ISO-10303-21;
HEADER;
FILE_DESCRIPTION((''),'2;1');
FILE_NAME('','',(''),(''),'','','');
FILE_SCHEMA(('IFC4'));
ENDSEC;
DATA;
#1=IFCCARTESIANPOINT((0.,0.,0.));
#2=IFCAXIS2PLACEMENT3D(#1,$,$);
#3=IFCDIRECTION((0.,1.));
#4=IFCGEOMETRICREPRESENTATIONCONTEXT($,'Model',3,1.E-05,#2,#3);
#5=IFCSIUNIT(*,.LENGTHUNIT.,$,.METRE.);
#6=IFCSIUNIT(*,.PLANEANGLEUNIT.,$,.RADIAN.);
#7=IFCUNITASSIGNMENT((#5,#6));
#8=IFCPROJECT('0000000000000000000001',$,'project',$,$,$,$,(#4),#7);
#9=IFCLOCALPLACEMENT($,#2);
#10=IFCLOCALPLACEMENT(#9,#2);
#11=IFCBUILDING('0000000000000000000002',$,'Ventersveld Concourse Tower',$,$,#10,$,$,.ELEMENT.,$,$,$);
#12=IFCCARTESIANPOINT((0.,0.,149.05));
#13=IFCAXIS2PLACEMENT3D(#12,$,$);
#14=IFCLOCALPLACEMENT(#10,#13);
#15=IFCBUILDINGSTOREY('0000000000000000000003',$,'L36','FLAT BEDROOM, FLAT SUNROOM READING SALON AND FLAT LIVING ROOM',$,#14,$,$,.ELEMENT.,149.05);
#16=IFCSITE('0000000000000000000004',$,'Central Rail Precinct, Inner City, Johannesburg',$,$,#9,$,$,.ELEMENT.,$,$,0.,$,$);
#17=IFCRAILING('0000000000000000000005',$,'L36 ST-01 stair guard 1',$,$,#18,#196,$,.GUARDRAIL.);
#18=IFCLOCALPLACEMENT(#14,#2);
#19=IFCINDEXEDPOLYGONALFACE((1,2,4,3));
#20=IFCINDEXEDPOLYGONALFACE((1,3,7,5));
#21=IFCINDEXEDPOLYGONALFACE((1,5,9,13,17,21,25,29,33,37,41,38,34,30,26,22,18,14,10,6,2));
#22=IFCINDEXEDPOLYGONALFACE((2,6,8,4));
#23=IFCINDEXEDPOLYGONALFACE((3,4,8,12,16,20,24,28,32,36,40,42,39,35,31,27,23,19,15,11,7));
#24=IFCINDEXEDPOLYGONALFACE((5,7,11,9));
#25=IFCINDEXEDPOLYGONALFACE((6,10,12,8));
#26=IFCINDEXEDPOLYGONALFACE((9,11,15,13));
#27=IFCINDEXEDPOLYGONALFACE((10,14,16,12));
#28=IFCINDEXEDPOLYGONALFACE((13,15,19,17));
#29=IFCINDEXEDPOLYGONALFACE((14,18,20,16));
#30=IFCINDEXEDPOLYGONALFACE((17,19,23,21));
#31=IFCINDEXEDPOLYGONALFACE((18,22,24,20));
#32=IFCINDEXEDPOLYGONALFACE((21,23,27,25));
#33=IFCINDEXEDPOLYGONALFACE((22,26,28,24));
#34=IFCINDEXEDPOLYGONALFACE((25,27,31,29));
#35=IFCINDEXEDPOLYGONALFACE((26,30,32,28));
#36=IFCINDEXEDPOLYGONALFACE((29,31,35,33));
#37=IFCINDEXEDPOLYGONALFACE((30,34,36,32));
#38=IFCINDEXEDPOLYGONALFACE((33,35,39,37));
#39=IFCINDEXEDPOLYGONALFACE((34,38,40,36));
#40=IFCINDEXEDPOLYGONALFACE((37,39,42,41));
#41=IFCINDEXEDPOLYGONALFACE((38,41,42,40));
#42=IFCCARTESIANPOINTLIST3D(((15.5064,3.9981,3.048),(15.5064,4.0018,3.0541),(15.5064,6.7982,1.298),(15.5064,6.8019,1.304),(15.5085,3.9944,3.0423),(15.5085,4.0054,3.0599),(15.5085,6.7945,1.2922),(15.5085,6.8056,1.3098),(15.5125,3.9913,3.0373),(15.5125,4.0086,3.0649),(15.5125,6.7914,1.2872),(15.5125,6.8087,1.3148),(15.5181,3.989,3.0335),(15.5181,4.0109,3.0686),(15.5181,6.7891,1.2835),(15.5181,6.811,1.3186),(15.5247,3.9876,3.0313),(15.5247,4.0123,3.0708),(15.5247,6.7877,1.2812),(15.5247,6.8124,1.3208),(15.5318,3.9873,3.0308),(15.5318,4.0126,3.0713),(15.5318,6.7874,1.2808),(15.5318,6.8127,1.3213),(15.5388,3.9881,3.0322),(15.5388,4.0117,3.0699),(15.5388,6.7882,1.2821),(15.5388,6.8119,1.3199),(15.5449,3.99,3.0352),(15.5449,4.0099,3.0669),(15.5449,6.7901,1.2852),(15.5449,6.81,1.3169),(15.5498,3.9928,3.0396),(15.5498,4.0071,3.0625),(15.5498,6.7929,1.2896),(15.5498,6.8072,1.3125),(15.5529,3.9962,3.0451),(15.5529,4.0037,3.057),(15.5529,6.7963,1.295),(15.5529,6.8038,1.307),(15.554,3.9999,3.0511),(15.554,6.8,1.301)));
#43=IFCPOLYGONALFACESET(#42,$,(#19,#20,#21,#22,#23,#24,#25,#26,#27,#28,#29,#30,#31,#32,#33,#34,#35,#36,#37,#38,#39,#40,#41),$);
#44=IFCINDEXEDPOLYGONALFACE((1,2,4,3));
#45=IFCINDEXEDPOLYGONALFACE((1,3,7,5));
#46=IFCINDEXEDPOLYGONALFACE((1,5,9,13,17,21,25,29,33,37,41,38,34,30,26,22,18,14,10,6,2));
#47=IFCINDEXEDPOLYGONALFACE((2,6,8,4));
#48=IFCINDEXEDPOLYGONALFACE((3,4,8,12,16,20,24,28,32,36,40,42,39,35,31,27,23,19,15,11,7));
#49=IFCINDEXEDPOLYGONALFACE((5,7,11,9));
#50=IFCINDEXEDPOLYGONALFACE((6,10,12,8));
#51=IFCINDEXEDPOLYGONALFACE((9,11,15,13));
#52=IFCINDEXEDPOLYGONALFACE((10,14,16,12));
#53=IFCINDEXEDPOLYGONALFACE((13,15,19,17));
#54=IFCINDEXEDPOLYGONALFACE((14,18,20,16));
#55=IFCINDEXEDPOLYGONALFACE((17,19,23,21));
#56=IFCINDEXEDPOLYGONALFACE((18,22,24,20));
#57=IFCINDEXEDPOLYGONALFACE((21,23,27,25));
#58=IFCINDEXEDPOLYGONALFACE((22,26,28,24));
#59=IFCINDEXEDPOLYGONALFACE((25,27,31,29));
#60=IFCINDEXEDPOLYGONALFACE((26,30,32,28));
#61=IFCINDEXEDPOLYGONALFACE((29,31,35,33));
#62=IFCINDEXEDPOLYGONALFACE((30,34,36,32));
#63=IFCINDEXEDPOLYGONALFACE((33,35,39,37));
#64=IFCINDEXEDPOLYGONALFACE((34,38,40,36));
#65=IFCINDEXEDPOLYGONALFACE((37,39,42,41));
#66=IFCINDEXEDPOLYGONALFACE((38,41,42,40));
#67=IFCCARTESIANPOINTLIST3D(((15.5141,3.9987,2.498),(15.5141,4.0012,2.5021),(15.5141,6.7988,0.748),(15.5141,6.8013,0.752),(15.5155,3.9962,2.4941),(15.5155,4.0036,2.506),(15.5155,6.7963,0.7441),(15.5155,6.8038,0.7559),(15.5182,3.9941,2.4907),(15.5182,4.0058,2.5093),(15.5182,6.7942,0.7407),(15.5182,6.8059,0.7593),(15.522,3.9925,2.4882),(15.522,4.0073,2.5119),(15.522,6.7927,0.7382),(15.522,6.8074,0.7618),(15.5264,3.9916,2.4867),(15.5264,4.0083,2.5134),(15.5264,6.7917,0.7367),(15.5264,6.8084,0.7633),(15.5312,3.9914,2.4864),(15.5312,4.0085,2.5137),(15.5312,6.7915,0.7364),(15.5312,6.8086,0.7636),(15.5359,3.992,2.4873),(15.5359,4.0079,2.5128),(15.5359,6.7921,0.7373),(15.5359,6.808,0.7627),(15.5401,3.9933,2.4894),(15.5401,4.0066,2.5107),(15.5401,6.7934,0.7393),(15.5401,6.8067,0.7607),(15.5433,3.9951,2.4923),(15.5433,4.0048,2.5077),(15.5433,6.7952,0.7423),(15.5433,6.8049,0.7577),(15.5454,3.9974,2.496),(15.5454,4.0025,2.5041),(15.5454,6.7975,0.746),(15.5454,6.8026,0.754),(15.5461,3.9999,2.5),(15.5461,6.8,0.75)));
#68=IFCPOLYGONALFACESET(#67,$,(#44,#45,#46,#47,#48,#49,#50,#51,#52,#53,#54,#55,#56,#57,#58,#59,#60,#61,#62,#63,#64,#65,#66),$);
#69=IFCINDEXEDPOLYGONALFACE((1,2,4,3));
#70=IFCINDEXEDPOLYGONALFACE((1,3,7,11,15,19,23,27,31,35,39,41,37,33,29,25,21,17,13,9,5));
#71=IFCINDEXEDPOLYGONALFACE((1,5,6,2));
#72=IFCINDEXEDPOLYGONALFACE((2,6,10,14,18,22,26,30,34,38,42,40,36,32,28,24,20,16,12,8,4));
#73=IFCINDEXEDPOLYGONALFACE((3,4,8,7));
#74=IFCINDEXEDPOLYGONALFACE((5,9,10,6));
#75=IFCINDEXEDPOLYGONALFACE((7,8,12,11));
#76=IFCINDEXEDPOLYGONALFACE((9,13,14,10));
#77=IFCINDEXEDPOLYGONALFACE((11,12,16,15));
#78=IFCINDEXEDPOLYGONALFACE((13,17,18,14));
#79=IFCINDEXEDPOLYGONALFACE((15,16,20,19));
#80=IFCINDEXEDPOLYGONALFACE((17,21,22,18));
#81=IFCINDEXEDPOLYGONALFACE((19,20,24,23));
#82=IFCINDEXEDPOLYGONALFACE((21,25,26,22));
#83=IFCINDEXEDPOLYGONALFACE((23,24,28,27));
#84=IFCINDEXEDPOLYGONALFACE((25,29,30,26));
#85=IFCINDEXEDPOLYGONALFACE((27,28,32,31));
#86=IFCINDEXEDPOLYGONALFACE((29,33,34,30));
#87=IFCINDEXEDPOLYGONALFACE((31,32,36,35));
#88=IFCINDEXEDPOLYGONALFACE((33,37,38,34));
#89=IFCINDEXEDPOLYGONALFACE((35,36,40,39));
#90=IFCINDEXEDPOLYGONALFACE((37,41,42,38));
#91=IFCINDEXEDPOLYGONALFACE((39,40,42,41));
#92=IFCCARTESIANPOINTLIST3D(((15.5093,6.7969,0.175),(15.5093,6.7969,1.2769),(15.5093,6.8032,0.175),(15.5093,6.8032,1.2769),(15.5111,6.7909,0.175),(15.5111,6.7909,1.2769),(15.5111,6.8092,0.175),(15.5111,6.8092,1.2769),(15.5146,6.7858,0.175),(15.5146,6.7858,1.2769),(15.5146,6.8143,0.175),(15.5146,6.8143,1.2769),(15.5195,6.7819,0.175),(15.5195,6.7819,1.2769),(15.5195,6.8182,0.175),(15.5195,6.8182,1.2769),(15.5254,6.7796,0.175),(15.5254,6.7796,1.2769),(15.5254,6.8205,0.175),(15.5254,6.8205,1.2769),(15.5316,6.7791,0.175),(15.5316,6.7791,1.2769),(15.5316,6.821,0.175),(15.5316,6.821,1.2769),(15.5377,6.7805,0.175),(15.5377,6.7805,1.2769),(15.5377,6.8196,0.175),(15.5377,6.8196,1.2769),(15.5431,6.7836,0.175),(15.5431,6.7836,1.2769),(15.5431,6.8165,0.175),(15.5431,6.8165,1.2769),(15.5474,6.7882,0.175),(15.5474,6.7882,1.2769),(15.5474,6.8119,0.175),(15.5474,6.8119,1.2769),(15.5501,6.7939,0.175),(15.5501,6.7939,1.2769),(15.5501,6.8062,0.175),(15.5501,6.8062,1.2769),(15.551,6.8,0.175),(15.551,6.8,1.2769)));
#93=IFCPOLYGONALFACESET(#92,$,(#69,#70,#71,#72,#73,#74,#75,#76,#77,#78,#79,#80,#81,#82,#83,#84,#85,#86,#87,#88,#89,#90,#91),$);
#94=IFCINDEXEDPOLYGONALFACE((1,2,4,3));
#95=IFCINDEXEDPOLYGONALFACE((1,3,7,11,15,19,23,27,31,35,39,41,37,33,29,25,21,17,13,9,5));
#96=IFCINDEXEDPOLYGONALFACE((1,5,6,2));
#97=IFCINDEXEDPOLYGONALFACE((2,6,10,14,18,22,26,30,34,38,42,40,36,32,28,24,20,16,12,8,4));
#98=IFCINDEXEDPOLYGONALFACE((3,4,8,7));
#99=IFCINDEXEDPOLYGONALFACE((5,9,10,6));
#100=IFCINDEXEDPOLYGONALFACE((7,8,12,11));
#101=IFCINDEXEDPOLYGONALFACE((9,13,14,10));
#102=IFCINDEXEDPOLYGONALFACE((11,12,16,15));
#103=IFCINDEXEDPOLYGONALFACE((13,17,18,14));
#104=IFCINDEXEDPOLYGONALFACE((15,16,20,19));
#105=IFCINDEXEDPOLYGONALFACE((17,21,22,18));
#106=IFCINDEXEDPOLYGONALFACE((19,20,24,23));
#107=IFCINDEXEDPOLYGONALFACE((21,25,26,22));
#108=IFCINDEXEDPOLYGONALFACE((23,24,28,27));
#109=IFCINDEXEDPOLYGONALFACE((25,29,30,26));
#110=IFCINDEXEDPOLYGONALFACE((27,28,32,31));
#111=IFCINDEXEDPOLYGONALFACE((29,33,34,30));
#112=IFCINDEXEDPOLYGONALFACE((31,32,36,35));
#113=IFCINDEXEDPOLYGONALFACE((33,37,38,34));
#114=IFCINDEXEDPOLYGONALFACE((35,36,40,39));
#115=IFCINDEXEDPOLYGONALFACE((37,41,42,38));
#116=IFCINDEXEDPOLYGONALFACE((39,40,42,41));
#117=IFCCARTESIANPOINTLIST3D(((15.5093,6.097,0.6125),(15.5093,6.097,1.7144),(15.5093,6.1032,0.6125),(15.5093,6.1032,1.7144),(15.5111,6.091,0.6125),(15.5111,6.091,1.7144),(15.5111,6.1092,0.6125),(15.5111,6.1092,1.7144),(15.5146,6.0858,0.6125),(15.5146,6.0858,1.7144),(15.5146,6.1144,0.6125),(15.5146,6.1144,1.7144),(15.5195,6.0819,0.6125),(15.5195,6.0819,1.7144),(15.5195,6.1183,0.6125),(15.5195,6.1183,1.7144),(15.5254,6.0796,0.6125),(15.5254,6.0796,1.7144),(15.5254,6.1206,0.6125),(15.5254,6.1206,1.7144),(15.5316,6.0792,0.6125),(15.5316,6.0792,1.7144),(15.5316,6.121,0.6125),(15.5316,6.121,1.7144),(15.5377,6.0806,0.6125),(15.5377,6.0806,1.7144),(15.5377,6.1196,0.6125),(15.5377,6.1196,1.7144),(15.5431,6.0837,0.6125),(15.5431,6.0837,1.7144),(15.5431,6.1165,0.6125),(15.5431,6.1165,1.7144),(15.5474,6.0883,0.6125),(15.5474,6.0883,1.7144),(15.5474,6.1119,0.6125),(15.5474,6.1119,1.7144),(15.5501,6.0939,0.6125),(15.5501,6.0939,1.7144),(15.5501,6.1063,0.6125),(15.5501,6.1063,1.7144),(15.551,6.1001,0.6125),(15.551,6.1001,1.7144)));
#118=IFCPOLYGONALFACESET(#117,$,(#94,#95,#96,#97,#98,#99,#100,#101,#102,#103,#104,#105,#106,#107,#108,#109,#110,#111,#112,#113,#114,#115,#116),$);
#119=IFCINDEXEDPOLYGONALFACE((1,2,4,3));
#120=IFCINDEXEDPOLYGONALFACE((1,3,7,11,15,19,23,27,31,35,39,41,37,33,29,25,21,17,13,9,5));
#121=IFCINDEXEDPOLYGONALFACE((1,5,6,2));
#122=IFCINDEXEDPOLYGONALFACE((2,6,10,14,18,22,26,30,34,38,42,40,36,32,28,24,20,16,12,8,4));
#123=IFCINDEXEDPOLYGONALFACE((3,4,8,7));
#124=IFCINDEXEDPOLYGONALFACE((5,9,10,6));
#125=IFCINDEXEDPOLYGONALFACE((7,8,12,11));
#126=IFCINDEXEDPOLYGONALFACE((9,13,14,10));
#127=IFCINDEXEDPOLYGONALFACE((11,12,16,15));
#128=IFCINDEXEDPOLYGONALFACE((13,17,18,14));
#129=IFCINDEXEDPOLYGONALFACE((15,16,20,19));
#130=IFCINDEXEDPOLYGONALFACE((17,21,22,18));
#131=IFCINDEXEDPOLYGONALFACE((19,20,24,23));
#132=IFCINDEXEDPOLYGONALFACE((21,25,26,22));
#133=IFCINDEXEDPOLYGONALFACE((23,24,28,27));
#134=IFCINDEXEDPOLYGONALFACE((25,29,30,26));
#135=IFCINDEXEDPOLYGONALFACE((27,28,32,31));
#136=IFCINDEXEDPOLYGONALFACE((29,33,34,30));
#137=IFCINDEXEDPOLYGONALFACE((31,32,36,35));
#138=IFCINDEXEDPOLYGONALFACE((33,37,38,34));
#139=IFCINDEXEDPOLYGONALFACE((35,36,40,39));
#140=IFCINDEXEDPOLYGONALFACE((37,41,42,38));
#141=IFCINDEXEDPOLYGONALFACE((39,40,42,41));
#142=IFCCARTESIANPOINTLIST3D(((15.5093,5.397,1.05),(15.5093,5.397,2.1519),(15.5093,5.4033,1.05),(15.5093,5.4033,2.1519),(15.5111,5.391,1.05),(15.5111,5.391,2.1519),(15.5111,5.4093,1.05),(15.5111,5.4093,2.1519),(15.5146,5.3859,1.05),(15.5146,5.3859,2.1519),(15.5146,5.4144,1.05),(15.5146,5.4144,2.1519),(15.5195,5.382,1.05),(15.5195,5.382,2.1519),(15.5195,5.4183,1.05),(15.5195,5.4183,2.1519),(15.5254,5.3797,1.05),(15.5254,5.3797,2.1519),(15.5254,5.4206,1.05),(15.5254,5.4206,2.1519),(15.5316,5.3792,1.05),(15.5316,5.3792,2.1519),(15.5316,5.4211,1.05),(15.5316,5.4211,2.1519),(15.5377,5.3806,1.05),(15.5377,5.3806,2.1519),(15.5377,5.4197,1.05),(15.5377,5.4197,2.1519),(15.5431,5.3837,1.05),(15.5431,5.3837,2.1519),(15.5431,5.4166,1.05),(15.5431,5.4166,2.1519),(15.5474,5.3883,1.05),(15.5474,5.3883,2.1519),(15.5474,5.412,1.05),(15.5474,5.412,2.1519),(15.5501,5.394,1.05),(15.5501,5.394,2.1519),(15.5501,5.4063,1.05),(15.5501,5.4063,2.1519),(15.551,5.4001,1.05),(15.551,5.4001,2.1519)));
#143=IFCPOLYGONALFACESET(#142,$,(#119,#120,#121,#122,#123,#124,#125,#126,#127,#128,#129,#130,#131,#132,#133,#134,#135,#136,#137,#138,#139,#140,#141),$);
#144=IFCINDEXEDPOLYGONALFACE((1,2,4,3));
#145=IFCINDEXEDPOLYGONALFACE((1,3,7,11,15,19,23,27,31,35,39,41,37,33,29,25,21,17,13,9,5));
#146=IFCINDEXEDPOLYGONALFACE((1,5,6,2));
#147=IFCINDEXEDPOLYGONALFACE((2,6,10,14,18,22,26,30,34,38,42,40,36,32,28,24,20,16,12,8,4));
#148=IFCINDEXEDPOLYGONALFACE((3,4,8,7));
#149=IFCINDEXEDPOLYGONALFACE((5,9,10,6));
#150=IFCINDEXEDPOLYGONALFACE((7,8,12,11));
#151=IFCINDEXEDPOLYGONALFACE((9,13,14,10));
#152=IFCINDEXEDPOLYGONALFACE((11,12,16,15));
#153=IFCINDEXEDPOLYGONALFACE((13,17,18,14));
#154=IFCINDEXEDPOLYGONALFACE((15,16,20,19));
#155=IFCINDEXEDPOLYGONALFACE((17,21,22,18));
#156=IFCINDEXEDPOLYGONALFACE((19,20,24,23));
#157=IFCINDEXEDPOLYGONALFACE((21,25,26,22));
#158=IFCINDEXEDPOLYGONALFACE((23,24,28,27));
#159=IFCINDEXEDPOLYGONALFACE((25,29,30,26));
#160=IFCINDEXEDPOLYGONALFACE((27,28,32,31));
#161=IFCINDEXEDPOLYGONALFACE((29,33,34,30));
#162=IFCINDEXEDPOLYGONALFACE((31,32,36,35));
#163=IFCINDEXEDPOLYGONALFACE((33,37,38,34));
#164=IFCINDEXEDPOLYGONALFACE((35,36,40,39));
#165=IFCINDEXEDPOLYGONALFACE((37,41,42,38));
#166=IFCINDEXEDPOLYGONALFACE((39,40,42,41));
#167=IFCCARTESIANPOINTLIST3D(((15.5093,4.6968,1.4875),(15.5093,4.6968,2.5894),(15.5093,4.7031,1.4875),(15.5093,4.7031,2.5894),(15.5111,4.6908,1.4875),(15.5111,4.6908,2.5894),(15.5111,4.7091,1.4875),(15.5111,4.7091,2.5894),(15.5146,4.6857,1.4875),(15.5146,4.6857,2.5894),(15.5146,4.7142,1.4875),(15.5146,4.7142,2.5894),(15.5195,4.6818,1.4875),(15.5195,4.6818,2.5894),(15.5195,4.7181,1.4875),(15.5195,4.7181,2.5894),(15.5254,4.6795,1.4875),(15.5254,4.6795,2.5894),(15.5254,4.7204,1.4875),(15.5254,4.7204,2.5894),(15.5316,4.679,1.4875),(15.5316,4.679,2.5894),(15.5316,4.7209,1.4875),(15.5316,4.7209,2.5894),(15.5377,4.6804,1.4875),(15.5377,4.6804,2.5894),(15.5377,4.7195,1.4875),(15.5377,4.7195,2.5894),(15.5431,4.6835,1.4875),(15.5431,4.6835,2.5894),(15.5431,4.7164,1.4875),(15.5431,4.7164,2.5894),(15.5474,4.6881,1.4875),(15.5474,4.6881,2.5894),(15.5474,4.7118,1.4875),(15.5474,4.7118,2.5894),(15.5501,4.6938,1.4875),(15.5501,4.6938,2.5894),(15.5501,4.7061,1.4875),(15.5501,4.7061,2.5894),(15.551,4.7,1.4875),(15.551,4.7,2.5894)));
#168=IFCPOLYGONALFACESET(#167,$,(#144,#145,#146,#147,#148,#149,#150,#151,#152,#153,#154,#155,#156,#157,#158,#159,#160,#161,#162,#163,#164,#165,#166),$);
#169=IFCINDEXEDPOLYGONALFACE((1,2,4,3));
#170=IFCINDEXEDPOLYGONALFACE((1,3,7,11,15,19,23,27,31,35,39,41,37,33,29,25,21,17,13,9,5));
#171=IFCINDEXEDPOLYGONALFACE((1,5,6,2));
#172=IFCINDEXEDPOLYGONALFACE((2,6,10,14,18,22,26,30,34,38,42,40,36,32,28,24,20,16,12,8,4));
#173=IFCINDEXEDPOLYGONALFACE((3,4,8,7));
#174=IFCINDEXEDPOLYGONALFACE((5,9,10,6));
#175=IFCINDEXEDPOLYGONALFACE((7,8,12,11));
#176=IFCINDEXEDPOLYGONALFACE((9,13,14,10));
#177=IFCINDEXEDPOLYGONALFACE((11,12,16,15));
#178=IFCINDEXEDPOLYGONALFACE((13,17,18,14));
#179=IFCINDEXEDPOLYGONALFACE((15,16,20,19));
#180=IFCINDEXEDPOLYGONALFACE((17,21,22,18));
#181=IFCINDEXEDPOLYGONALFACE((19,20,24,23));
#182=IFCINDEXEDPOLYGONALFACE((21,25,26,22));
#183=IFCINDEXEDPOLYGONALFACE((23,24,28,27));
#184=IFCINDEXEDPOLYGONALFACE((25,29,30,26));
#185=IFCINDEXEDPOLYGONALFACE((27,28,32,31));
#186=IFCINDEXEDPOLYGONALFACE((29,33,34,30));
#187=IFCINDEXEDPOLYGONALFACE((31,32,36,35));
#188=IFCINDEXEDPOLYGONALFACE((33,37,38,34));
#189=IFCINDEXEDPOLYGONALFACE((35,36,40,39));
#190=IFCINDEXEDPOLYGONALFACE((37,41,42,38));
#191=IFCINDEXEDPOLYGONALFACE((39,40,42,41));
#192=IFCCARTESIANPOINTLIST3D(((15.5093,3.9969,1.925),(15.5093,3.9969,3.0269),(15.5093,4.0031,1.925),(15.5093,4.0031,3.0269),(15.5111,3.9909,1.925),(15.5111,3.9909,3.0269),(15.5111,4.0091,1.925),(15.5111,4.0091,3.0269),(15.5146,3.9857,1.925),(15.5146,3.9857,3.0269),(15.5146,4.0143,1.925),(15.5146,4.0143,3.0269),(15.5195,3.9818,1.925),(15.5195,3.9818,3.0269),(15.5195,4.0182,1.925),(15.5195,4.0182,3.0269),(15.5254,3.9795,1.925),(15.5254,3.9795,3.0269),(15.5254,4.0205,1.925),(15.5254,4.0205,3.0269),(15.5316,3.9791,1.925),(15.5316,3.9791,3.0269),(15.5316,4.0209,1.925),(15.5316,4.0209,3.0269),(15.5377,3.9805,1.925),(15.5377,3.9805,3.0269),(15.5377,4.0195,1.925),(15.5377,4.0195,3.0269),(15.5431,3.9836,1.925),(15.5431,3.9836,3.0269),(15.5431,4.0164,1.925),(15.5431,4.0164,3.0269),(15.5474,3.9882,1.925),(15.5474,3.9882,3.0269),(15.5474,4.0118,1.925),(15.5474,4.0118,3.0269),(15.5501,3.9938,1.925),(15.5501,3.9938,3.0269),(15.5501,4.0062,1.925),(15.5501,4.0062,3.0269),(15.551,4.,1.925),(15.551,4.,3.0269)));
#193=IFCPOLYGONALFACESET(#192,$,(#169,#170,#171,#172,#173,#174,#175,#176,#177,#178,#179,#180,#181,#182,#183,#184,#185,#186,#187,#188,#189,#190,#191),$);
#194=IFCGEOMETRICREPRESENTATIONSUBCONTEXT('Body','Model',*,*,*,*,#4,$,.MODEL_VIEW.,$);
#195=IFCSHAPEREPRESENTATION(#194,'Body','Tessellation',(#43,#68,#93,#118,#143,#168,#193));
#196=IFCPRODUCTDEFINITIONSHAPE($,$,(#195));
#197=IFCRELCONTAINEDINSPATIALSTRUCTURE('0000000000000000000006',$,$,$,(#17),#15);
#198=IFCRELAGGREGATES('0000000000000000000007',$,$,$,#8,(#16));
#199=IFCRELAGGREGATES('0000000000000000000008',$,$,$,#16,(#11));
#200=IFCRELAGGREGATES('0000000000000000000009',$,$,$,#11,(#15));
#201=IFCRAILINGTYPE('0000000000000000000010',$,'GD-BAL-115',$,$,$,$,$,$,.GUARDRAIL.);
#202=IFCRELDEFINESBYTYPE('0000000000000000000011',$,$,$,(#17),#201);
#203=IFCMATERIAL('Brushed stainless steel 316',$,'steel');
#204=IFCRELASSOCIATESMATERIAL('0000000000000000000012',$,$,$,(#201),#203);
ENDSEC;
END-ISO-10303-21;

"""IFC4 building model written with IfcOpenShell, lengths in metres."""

from ifc_helpers import new_model, si_unit, direction, frame, origin, origin_2d, place, context, subcontext, project, spatial, circle, extrude, material, type_object, element, save


model = new_model("IFC4")

# Units and contexts
model_context = context("Model", 3, precision=1e-05, world=origin(), true_north=direction((0.0, 1.0)))
body_context = subcontext(model_context, "Body", "Model", "MODEL_VIEW")
ifc_project = project(units=[si_unit("LENGTHUNIT", "METRE"), si_unit("PLANEANGLEUNIT", "RADIAN")], contexts=[model_context])

# Site, building, storey
site_placement = place(None, origin())
site = spatial("IfcSite", under=ifc_project, at=site_placement, Name="Central Rail Precinct, Inner City, Johannesburg", CompositionType="ELEMENT", RefElevation=0.0)
building_placement = place(site_placement, origin())
building = spatial("IfcBuilding", under=site, at=building_placement, Name="Ventersveld Concourse Tower", CompositionType="ELEMENT")
storey_placement = place(building_placement, frame((0.0, 0.0, 149.05)))
storey = spatial("IfcBuildingStorey", under=building, at=storey_placement, Name="L36", Description="FLAT BEDROOM, FLAT SUNROOM READING SALON AND FLAT LIVING ROOM", CompositionType="ELEMENT", Elevation=149.05)

# Shared definitions
ifc_material_1 = material(Name="Brushed stainless steel 316", Category="steel")

# Railing
railing_type = type_object("IfcRailingType", Name="GD-BAL-115", PredefinedType="GUARDRAIL", material=ifc_material_1)
railing_1_placement = place(storey_placement, frame((15.53, 6.8, 0.175)))
element("IfcRailing", 1, at=railing_1_placement, inside=storey, type_object=railing_type, Name="L36 ST-01 stair guard 1", PredefinedType="GUARDRAIL", context=body_context, shape_type="SweptSolid", body=[
    extrude(circle(Radius=0.0239, at=origin_2d()), frame((0.0, 0.0, 1.126), z_axis=(0.0, -0.848002, 0.529992), x_axis=(1.0, 0.0, 0.0)), (0.0, 0.0, 1.0), 3.302),
    extrude(circle(Radius=0.0161, at=origin_2d()), frame((0.0, 0.0, 0.575), z_axis=(0.0, -0.848002, 0.529992), x_axis=(1.0, 0.0, 0.0)), (0.0, 0.0, 1.0), 3.302),
    extrude(circle(Radius=0.021, at=origin_2d()), origin(), (0.0, 0.0, 1.0), 1.1018),
    extrude(circle(Radius=0.021, at=origin_2d()), frame((0.0, -0.7, 0.4375)), (0.0, 0.0, 1.0), 1.1018),
    extrude(circle(Radius=0.021, at=origin_2d()), frame((0.0, -1.3999, 0.875)), (0.0, 0.0, 1.0), 1.1018),
    extrude(circle(Radius=0.021, at=origin_2d()), frame((0.0, -2.1001, 1.3125)), (0.0, 0.0, 1.0), 1.1018),
    extrude(circle(Radius=0.021, at=origin_2d()), frame((0.0, -2.8, 1.75)), (0.0, 0.0, 1.0), 1.1018),
])

save(model, "model.ifc")
